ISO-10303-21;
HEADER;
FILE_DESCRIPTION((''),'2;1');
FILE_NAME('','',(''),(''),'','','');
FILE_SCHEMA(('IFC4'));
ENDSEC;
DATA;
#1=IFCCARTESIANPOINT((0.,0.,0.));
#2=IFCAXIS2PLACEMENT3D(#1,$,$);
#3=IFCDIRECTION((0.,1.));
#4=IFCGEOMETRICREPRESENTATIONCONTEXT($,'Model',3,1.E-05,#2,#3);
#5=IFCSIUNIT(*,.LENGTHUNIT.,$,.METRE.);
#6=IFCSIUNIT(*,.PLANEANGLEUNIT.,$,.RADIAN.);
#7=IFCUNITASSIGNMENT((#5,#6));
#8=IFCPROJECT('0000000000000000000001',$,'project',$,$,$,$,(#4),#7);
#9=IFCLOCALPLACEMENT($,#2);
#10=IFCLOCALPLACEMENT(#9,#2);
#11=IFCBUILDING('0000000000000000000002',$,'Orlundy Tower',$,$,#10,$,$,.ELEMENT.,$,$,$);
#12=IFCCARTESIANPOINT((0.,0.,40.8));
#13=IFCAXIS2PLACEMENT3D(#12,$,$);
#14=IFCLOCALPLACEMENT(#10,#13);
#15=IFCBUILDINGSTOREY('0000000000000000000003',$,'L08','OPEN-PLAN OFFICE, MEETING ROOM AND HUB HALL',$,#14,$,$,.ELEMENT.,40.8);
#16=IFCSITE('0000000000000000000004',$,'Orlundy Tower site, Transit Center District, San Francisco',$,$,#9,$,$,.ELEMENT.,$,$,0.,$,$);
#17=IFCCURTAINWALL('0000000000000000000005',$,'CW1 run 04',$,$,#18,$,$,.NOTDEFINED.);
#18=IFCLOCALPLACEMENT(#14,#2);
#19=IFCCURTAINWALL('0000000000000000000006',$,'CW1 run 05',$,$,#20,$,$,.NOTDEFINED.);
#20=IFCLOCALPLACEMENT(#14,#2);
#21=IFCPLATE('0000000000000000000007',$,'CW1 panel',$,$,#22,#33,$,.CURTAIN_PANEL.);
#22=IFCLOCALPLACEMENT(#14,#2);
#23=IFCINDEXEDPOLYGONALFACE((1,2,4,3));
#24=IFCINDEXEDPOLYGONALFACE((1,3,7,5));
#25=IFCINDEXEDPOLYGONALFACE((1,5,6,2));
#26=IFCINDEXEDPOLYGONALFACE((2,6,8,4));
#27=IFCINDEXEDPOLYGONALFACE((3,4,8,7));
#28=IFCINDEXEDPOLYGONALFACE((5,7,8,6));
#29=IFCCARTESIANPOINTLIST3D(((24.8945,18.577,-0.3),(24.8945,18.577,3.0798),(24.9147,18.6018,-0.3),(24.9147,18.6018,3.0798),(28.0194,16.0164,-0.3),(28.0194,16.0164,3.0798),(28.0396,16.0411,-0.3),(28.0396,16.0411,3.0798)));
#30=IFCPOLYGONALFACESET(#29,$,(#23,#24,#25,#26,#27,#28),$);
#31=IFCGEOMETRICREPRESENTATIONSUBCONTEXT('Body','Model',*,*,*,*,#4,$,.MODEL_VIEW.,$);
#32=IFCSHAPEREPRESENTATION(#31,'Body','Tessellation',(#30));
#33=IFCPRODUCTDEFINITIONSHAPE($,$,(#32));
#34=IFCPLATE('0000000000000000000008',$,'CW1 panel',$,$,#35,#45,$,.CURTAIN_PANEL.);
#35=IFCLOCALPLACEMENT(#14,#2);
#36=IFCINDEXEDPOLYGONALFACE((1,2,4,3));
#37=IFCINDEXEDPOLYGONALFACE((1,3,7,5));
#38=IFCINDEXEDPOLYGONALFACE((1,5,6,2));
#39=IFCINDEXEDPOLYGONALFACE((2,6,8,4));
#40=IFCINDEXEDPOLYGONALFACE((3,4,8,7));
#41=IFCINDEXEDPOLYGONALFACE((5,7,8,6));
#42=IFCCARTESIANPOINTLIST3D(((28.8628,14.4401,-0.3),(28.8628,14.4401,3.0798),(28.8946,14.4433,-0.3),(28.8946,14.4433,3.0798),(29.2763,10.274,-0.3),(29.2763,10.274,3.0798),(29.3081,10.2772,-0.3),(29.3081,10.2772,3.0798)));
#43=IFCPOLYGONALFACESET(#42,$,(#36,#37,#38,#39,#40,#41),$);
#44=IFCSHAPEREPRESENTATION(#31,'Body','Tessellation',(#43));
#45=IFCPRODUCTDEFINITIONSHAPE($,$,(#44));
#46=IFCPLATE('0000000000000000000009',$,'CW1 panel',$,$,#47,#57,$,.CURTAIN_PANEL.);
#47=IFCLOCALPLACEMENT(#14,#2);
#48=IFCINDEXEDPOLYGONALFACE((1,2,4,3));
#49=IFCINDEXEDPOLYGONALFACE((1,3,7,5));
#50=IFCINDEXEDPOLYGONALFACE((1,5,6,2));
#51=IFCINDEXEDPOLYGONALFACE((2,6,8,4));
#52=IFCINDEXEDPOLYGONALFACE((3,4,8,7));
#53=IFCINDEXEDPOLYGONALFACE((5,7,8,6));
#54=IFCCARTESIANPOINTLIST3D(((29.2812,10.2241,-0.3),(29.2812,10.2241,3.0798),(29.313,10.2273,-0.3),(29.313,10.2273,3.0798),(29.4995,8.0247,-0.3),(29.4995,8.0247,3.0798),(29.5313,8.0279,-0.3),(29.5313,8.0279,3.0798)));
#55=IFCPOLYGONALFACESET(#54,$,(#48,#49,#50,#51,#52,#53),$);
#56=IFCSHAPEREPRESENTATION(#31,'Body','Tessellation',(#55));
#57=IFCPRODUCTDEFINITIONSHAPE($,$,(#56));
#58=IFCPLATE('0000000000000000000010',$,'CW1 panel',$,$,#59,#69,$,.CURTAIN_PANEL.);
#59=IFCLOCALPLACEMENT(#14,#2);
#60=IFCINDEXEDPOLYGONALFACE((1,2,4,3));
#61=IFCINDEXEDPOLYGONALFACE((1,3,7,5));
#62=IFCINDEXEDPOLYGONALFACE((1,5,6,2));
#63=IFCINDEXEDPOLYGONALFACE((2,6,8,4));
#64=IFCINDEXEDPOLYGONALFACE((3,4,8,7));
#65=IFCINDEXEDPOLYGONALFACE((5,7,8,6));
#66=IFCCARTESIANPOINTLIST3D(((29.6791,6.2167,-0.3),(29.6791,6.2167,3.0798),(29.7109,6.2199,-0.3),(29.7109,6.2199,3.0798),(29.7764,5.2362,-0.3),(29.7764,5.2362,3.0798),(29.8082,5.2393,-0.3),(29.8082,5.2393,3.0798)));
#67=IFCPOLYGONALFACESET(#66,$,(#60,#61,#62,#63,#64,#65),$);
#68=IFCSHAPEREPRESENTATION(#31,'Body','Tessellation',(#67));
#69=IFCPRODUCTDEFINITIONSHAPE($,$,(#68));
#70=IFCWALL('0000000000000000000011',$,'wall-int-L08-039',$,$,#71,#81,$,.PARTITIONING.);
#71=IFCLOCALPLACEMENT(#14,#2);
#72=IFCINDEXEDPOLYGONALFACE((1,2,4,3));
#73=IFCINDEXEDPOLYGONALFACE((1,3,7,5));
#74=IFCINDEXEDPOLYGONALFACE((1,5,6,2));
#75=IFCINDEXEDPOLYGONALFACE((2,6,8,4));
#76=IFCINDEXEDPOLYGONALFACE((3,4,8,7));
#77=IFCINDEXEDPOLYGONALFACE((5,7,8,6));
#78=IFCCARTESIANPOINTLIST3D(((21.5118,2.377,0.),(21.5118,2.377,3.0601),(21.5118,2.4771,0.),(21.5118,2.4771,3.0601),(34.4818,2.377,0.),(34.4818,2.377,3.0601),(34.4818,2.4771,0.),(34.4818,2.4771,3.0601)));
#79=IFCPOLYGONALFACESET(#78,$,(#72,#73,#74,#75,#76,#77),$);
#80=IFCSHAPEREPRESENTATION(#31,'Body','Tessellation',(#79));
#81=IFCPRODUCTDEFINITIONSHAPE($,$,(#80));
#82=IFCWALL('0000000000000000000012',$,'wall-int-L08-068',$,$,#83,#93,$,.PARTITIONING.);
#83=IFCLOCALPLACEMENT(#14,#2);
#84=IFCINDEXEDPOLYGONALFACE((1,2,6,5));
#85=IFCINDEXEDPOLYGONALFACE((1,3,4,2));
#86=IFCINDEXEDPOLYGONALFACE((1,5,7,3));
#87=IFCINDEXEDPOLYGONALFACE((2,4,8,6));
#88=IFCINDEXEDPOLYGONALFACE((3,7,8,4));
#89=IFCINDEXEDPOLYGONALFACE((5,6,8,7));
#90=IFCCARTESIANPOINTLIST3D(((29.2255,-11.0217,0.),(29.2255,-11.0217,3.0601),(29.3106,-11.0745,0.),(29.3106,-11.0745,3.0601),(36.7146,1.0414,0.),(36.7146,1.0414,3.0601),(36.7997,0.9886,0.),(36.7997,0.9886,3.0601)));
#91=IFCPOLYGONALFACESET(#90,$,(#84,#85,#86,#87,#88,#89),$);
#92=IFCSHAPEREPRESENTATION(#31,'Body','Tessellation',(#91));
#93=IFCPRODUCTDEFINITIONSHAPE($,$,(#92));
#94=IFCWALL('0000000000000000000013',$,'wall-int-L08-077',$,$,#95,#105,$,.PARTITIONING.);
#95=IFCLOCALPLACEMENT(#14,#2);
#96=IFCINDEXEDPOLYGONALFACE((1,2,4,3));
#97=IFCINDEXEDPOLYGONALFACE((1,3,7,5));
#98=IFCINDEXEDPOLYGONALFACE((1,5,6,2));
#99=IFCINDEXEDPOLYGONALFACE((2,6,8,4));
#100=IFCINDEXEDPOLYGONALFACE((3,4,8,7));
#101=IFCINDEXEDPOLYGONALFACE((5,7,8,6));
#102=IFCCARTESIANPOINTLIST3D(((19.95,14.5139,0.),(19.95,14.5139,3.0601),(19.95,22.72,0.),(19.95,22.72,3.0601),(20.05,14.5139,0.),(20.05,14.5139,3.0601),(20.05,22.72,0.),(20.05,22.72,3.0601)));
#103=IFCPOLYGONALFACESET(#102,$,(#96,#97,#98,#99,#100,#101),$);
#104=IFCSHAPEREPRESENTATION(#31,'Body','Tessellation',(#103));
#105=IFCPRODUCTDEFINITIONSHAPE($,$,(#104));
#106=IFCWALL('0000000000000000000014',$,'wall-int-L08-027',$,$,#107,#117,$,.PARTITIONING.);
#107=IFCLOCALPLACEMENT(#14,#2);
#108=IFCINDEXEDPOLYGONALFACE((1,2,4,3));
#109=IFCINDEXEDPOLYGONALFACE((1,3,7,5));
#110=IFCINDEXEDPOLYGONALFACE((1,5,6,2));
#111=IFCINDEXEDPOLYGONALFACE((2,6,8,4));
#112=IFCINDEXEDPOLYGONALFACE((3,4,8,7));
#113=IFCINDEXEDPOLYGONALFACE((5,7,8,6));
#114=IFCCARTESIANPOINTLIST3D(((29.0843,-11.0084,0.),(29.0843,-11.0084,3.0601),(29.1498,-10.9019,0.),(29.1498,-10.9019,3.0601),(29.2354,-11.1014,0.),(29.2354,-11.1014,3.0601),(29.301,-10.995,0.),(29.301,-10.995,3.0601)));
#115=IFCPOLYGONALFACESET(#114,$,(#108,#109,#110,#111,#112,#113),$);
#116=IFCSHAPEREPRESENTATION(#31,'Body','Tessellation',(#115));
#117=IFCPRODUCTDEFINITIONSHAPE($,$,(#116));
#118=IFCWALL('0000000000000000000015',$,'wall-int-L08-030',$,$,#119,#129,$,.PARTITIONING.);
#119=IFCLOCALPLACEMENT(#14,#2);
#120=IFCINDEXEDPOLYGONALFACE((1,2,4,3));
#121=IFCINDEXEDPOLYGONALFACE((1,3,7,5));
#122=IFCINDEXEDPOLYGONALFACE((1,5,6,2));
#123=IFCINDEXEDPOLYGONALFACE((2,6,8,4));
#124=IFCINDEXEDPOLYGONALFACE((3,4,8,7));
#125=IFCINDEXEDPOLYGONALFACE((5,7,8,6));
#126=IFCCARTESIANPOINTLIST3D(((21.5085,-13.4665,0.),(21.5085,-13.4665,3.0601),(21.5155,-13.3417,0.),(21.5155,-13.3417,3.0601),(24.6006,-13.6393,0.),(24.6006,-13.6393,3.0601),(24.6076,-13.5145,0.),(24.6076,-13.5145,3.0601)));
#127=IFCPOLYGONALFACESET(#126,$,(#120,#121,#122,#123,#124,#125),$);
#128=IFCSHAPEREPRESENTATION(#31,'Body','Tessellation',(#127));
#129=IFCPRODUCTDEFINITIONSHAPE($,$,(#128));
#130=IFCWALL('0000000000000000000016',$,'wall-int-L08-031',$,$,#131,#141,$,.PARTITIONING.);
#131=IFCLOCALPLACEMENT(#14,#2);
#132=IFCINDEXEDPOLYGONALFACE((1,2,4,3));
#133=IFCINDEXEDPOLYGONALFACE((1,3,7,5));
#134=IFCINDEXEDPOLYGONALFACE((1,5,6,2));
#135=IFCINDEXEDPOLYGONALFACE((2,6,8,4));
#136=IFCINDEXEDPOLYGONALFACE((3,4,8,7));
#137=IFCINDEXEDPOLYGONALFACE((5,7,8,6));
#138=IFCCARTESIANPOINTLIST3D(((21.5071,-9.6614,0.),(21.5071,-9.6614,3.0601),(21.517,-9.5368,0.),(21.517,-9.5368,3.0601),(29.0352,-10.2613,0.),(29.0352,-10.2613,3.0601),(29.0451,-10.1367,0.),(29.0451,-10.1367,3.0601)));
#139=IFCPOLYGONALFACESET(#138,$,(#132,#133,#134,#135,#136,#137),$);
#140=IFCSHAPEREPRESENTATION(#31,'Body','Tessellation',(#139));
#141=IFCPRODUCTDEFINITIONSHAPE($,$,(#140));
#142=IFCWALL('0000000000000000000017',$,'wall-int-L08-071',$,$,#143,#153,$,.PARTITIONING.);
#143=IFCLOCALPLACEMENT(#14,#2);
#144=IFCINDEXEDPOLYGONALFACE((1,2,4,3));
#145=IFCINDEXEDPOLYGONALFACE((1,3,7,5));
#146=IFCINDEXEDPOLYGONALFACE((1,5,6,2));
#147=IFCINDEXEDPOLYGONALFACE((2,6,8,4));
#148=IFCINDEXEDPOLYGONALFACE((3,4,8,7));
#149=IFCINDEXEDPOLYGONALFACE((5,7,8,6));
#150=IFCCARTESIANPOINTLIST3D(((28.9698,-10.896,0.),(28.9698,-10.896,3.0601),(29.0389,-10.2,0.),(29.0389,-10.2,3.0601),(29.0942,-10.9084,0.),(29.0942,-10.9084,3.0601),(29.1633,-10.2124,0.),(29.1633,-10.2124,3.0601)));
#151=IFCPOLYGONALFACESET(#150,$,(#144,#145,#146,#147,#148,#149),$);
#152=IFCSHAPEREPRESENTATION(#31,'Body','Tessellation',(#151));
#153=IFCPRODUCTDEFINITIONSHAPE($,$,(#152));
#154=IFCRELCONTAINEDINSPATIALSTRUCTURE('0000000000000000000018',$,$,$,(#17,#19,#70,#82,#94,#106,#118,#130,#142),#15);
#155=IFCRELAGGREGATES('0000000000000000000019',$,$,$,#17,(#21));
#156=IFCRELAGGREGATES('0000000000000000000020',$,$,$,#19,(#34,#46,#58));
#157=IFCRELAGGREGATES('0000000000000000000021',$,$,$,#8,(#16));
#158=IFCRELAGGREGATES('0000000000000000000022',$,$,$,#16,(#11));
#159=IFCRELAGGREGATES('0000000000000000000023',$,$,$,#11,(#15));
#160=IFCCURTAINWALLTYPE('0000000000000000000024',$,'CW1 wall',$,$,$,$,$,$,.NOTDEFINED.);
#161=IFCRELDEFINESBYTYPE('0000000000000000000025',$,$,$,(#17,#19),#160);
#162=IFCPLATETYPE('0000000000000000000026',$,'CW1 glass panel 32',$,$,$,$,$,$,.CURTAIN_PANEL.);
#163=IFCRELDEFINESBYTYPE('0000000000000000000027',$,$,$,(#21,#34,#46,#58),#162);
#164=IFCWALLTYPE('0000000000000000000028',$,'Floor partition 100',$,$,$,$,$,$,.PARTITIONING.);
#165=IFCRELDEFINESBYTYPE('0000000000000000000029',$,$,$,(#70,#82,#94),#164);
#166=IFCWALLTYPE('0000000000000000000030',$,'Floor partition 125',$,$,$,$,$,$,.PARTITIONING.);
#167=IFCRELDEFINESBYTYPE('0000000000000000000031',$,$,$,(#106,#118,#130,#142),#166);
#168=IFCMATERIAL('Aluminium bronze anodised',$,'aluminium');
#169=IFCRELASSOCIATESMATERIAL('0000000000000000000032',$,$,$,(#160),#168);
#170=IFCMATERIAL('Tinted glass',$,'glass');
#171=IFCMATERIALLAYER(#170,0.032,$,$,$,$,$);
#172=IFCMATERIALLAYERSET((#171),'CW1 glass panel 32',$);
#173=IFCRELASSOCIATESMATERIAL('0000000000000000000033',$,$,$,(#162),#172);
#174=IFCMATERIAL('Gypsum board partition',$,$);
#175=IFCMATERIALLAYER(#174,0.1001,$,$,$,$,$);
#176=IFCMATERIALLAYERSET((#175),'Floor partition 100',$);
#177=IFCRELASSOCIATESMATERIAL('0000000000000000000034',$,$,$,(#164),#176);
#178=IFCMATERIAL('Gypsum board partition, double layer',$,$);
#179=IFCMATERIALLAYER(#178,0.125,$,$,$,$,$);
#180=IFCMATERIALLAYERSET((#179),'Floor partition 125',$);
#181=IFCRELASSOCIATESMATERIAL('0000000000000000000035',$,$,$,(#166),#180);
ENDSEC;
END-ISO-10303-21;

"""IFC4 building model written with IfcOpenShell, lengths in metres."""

from ifc_helpers import new_model, si_unit, direction, frame, frame_2d, origin, origin_2d, place, context, subcontext, project, spatial, rectangle, extrude, material, layer, layer_set, type_object, element, aggregate, save


model = new_model("IFC4")

# Units and contexts
model_context = context("Model", 3, precision=1e-05, world=origin(), true_north=direction((0.0, 1.0)))
body_context = subcontext(model_context, "Body", "Model", "MODEL_VIEW")
ifc_project = project(units=[si_unit("LENGTHUNIT", "METRE"), si_unit("PLANEANGLEUNIT", "RADIAN")], contexts=[model_context])

# Site, building, storey
site_placement = place(None, origin())
site = spatial("IfcSite", under=ifc_project, at=site_placement, Name="Orlundy Tower site, Transit Center District, San Francisco", CompositionType="ELEMENT", RefElevation=0.0)
building_placement = place(site_placement, origin())
building = spatial("IfcBuilding", under=site, at=building_placement, Name="Orlundy Tower", CompositionType="ELEMENT")
storey_placement = place(building_placement, frame((0.0, 0.0, 40.8)))
storey = spatial("IfcBuildingStorey", under=building, at=storey_placement, Name="L08", Description="OPEN-PLAN OFFICE, MEETING ROOM AND HUB HALL", CompositionType="ELEMENT", Elevation=40.8)

# Shared definitions
ifc_material_1 = material(Name="Aluminium bronze anodised", Category="aluminium")
curtain_wall_type = type_object("IfcCurtainWallType", Name="CW1 wall", PredefinedType="NOTDEFINED", material=ifc_material_1)

# Curtain wall
curtain_wall_1_placement = place(storey_placement, origin())
curtain_wall_1 = element("IfcCurtainWall", 1, at=curtain_wall_1_placement, inside=storey, type_object=curtain_wall_type, Name="CW1 run 04", PredefinedType="NOTDEFINED")

# Curtain wall
curtain_wall_2_placement = place(storey_placement, origin())
curtain_wall_2 = element("IfcCurtainWall", 2, at=curtain_wall_2_placement, inside=storey, type_object=curtain_wall_type, Name="CW1 run 05", PredefinedType="NOTDEFINED")

# Plates
ifc_material_2 = material(Name="Tinted glass", Category="glass")
ifc_layer_1 = layer(ifc_material_2, 0.032)
ifc_layer_set_1 = layer_set([ifc_layer_1], Name="CW1 glass panel 32")
plate_type = type_object("IfcPlateType", Name="CW1 glass panel 32", PredefinedType="CURTAIN_PANEL", material=ifc_layer_set_1)
plate_1_placement = place(storey_placement, frame((26.467, 17.3091, -0.3), z_axis=(0.0, 0.0, 1.0), x_axis=(0.773482, -0.633818, 0.0)))
plate_1 = element("IfcPlate", 3, at=plate_1_placement, type_object=plate_type, Name="CW1 panel", PredefinedType="CURTAIN_PANEL", context=body_context, shape_type="SweptSolid", body=[
    extrude(rectangle(XDim=4.04, YDim=0.032, at=origin_2d()), origin(), (0.0, 0.0, 1.0), 3.3799),
])
aggregate(curtain_wall_1, [plate_1])
plate_2_placement = place(storey_placement, frame((29.0854, 12.3586, -0.3), z_axis=(0.0, 0.0, 1.0), x_axis=(0.098759, -0.995111, 0.0)))
plate_2 = element("IfcPlate", 4, at=plate_2_placement, type_object=plate_type, Name="CW1 panel", PredefinedType="CURTAIN_PANEL", context=body_context, shape_type="SweptSolid", body=[
    extrude(rectangle(XDim=4.1865, YDim=0.032, at=origin_2d()), origin(), (0.0, 0.0, 1.0), 3.3799),
])
plate_3_placement = place(storey_placement, frame((29.4062, 9.126, -0.3), z_axis=(0.0, 0.0, 1.0), x_axis=(0.098759, -0.995111, 0.0)))
plate_3 = element("IfcPlate", 5, at=plate_3_placement, type_object=plate_type, Name="CW1 panel", PredefinedType="CURTAIN_PANEL", context=body_context, shape_type="SweptSolid", body=[
    extrude(rectangle(XDim=2.2102, YDim=0.032, at=origin_2d()), origin(), (0.0, 0.0, 1.0), 3.3799),
])
plate_4_placement = place(storey_placement, frame((29.7437, 5.728, -0.3), z_axis=(0.0, 0.0, 1.0), x_axis=(0.098759, -0.995111, 0.0)))
plate_4 = element("IfcPlate", 6, at=plate_4_placement, type_object=plate_type, Name="CW1 panel", PredefinedType="CURTAIN_PANEL", context=body_context, shape_type="SweptSolid", body=[
    extrude(rectangle(XDim=0.9854, YDim=0.032, at=origin_2d()), origin(), (0.0, 0.0, 1.0), 3.3799),
])
aggregate(curtain_wall_2, [plate_2, plate_3, plate_4])

# Walls
ifc_material_3 = material(Name="Gypsum board partition")
ifc_layer_2 = layer(ifc_material_3, 0.1001)
ifc_layer_set_2 = layer_set([ifc_layer_2], Name="Floor partition 100")
wall_type_1 = type_object("IfcWallType", Name="Floor partition 100", PredefinedType="PARTITIONING", material=ifc_layer_set_2)
wall_1_placement = place(storey_placement, frame((21.512, 2.427, 0.0), z_axis=(0.0, 0.0, 1.0), x_axis=(1.0, 0.0, 0.0)))
element("IfcWall", 7, at=wall_1_placement, inside=storey, type_object=wall_type_1, Name="wall-int-L08-039", PredefinedType="PARTITIONING", context=body_context, shape_type="SweptSolid", body=[
    extrude(rectangle(XDim=12.97, YDim=0.1001, at=frame_2d((6.4849, 0.0))), origin(), (0.0, 0.0, 1.0), 3.0601),
])
wall_2_placement = place(storey_placement, frame((29.2681, -11.0481, 0.0), z_axis=(0.0, 0.0, 1.0), x_axis=(0.527446, 0.849588, 0.0)))
element("IfcWall", 8, at=wall_2_placement, inside=storey, type_object=wall_type_1, Name="wall-int-L08-068", PredefinedType="PARTITIONING", context=body_context, shape_type="SweptSolid", body=[
    extrude(rectangle(XDim=14.1987, YDim=0.1001, at=frame_2d((7.0994, 0.0))), origin(), (0.0, 0.0, 1.0), 3.0601),
])
wall_3_placement = place(storey_placement, frame((20.0, 14.5139, 0.0), z_axis=(0.0, 0.0, 1.0), x_axis=(0.0, 1.0, 0.0)))
element("IfcWall", 9, at=wall_3_placement, inside=storey, type_object=wall_type_1, Name="wall-int-L08-077", PredefinedType="PARTITIONING", context=body_context, shape_type="SweptSolid", body=[
    extrude(rectangle(XDim=8.2061, YDim=0.1001, at=frame_2d((4.103, 0.0))), origin(), (0.0, 0.0, 1.0), 3.0601),
])
ifc_material_4 = material(Name="Gypsum board partition, double layer")
ifc_layer_3 = layer(ifc_material_4, 0.125)
ifc_layer_set_3 = layer_set([ifc_layer_3], Name="Floor partition 125")
wall_type_2 = type_object("IfcWallType", Name="Floor partition 125", PredefinedType="PARTITIONING", material=ifc_layer_set_3)
wall_4_placement = place(storey_placement, frame((29.1169, -10.9551, 0.0), z_axis=(0.0, 0.0, 1.0), x_axis=(0.851611, -0.524174, 0.0)))
element("IfcWall", 10, at=wall_4_placement, inside=storey, type_object=wall_type_2, Name="wall-int-L08-027", PredefinedType="PARTITIONING", context=body_context, shape_type="SweptSolid", body=[
    extrude(rectangle(XDim=0.1775, YDim=0.125, at=frame_2d((0.0889, 0.0))), origin(), (0.0, 0.0, 1.0), 3.0601),
])
wall_5_placement = place(storey_placement, frame((24.604, -13.5769, 0.0), z_axis=(0.0, 0.0, 1.0), x_axis=(-0.998441, 0.055815, 0.0)))
element("IfcWall", 11, at=wall_5_placement, inside=storey, type_object=wall_type_2, Name="wall-int-L08-030", PredefinedType="PARTITIONING", context=body_context, shape_type="SweptSolid", body=[
    extrude(rectangle(XDim=3.0969, YDim=0.125, at=frame_2d((1.5483, 0.0))), origin(), (0.0, 0.0, 1.0), 3.0601),
])
wall_6_placement = place(storey_placement, frame((29.04, -10.199, 0.0), z_axis=(0.0, 0.0, 1.0), x_axis=(-0.99684, 0.07943, 0.0)))
element("IfcWall", 12, at=wall_6_placement, inside=storey, type_object=wall_type_2, Name="wall-int-L08-031", PredefinedType="PARTITIONING", context=body_context, shape_type="SweptSolid", body=[
    extrude(rectangle(XDim=7.552, YDim=0.125, at=frame_2d((3.7759, 0.0))), origin(), (0.0, 0.0, 1.0), 3.0601),
])
wall_7_placement = place(storey_placement, frame((29.032, -10.9021, 0.0), z_axis=(0.0, 0.0, 1.0), x_axis=(0.098778, 0.995109, 0.0)))
element("IfcWall", 13, at=wall_7_placement, inside=storey, type_object=wall_type_2, Name="wall-int-L08-071", PredefinedType="PARTITIONING", context=body_context, shape_type="SweptSolid", body=[
    extrude(rectangle(XDim=0.6995, YDim=0.125, at=frame_2d((0.3496, 0.0))), origin(), (0.0, 0.0, 1.0), 3.0601),
])

save(model, "model.ifc")
